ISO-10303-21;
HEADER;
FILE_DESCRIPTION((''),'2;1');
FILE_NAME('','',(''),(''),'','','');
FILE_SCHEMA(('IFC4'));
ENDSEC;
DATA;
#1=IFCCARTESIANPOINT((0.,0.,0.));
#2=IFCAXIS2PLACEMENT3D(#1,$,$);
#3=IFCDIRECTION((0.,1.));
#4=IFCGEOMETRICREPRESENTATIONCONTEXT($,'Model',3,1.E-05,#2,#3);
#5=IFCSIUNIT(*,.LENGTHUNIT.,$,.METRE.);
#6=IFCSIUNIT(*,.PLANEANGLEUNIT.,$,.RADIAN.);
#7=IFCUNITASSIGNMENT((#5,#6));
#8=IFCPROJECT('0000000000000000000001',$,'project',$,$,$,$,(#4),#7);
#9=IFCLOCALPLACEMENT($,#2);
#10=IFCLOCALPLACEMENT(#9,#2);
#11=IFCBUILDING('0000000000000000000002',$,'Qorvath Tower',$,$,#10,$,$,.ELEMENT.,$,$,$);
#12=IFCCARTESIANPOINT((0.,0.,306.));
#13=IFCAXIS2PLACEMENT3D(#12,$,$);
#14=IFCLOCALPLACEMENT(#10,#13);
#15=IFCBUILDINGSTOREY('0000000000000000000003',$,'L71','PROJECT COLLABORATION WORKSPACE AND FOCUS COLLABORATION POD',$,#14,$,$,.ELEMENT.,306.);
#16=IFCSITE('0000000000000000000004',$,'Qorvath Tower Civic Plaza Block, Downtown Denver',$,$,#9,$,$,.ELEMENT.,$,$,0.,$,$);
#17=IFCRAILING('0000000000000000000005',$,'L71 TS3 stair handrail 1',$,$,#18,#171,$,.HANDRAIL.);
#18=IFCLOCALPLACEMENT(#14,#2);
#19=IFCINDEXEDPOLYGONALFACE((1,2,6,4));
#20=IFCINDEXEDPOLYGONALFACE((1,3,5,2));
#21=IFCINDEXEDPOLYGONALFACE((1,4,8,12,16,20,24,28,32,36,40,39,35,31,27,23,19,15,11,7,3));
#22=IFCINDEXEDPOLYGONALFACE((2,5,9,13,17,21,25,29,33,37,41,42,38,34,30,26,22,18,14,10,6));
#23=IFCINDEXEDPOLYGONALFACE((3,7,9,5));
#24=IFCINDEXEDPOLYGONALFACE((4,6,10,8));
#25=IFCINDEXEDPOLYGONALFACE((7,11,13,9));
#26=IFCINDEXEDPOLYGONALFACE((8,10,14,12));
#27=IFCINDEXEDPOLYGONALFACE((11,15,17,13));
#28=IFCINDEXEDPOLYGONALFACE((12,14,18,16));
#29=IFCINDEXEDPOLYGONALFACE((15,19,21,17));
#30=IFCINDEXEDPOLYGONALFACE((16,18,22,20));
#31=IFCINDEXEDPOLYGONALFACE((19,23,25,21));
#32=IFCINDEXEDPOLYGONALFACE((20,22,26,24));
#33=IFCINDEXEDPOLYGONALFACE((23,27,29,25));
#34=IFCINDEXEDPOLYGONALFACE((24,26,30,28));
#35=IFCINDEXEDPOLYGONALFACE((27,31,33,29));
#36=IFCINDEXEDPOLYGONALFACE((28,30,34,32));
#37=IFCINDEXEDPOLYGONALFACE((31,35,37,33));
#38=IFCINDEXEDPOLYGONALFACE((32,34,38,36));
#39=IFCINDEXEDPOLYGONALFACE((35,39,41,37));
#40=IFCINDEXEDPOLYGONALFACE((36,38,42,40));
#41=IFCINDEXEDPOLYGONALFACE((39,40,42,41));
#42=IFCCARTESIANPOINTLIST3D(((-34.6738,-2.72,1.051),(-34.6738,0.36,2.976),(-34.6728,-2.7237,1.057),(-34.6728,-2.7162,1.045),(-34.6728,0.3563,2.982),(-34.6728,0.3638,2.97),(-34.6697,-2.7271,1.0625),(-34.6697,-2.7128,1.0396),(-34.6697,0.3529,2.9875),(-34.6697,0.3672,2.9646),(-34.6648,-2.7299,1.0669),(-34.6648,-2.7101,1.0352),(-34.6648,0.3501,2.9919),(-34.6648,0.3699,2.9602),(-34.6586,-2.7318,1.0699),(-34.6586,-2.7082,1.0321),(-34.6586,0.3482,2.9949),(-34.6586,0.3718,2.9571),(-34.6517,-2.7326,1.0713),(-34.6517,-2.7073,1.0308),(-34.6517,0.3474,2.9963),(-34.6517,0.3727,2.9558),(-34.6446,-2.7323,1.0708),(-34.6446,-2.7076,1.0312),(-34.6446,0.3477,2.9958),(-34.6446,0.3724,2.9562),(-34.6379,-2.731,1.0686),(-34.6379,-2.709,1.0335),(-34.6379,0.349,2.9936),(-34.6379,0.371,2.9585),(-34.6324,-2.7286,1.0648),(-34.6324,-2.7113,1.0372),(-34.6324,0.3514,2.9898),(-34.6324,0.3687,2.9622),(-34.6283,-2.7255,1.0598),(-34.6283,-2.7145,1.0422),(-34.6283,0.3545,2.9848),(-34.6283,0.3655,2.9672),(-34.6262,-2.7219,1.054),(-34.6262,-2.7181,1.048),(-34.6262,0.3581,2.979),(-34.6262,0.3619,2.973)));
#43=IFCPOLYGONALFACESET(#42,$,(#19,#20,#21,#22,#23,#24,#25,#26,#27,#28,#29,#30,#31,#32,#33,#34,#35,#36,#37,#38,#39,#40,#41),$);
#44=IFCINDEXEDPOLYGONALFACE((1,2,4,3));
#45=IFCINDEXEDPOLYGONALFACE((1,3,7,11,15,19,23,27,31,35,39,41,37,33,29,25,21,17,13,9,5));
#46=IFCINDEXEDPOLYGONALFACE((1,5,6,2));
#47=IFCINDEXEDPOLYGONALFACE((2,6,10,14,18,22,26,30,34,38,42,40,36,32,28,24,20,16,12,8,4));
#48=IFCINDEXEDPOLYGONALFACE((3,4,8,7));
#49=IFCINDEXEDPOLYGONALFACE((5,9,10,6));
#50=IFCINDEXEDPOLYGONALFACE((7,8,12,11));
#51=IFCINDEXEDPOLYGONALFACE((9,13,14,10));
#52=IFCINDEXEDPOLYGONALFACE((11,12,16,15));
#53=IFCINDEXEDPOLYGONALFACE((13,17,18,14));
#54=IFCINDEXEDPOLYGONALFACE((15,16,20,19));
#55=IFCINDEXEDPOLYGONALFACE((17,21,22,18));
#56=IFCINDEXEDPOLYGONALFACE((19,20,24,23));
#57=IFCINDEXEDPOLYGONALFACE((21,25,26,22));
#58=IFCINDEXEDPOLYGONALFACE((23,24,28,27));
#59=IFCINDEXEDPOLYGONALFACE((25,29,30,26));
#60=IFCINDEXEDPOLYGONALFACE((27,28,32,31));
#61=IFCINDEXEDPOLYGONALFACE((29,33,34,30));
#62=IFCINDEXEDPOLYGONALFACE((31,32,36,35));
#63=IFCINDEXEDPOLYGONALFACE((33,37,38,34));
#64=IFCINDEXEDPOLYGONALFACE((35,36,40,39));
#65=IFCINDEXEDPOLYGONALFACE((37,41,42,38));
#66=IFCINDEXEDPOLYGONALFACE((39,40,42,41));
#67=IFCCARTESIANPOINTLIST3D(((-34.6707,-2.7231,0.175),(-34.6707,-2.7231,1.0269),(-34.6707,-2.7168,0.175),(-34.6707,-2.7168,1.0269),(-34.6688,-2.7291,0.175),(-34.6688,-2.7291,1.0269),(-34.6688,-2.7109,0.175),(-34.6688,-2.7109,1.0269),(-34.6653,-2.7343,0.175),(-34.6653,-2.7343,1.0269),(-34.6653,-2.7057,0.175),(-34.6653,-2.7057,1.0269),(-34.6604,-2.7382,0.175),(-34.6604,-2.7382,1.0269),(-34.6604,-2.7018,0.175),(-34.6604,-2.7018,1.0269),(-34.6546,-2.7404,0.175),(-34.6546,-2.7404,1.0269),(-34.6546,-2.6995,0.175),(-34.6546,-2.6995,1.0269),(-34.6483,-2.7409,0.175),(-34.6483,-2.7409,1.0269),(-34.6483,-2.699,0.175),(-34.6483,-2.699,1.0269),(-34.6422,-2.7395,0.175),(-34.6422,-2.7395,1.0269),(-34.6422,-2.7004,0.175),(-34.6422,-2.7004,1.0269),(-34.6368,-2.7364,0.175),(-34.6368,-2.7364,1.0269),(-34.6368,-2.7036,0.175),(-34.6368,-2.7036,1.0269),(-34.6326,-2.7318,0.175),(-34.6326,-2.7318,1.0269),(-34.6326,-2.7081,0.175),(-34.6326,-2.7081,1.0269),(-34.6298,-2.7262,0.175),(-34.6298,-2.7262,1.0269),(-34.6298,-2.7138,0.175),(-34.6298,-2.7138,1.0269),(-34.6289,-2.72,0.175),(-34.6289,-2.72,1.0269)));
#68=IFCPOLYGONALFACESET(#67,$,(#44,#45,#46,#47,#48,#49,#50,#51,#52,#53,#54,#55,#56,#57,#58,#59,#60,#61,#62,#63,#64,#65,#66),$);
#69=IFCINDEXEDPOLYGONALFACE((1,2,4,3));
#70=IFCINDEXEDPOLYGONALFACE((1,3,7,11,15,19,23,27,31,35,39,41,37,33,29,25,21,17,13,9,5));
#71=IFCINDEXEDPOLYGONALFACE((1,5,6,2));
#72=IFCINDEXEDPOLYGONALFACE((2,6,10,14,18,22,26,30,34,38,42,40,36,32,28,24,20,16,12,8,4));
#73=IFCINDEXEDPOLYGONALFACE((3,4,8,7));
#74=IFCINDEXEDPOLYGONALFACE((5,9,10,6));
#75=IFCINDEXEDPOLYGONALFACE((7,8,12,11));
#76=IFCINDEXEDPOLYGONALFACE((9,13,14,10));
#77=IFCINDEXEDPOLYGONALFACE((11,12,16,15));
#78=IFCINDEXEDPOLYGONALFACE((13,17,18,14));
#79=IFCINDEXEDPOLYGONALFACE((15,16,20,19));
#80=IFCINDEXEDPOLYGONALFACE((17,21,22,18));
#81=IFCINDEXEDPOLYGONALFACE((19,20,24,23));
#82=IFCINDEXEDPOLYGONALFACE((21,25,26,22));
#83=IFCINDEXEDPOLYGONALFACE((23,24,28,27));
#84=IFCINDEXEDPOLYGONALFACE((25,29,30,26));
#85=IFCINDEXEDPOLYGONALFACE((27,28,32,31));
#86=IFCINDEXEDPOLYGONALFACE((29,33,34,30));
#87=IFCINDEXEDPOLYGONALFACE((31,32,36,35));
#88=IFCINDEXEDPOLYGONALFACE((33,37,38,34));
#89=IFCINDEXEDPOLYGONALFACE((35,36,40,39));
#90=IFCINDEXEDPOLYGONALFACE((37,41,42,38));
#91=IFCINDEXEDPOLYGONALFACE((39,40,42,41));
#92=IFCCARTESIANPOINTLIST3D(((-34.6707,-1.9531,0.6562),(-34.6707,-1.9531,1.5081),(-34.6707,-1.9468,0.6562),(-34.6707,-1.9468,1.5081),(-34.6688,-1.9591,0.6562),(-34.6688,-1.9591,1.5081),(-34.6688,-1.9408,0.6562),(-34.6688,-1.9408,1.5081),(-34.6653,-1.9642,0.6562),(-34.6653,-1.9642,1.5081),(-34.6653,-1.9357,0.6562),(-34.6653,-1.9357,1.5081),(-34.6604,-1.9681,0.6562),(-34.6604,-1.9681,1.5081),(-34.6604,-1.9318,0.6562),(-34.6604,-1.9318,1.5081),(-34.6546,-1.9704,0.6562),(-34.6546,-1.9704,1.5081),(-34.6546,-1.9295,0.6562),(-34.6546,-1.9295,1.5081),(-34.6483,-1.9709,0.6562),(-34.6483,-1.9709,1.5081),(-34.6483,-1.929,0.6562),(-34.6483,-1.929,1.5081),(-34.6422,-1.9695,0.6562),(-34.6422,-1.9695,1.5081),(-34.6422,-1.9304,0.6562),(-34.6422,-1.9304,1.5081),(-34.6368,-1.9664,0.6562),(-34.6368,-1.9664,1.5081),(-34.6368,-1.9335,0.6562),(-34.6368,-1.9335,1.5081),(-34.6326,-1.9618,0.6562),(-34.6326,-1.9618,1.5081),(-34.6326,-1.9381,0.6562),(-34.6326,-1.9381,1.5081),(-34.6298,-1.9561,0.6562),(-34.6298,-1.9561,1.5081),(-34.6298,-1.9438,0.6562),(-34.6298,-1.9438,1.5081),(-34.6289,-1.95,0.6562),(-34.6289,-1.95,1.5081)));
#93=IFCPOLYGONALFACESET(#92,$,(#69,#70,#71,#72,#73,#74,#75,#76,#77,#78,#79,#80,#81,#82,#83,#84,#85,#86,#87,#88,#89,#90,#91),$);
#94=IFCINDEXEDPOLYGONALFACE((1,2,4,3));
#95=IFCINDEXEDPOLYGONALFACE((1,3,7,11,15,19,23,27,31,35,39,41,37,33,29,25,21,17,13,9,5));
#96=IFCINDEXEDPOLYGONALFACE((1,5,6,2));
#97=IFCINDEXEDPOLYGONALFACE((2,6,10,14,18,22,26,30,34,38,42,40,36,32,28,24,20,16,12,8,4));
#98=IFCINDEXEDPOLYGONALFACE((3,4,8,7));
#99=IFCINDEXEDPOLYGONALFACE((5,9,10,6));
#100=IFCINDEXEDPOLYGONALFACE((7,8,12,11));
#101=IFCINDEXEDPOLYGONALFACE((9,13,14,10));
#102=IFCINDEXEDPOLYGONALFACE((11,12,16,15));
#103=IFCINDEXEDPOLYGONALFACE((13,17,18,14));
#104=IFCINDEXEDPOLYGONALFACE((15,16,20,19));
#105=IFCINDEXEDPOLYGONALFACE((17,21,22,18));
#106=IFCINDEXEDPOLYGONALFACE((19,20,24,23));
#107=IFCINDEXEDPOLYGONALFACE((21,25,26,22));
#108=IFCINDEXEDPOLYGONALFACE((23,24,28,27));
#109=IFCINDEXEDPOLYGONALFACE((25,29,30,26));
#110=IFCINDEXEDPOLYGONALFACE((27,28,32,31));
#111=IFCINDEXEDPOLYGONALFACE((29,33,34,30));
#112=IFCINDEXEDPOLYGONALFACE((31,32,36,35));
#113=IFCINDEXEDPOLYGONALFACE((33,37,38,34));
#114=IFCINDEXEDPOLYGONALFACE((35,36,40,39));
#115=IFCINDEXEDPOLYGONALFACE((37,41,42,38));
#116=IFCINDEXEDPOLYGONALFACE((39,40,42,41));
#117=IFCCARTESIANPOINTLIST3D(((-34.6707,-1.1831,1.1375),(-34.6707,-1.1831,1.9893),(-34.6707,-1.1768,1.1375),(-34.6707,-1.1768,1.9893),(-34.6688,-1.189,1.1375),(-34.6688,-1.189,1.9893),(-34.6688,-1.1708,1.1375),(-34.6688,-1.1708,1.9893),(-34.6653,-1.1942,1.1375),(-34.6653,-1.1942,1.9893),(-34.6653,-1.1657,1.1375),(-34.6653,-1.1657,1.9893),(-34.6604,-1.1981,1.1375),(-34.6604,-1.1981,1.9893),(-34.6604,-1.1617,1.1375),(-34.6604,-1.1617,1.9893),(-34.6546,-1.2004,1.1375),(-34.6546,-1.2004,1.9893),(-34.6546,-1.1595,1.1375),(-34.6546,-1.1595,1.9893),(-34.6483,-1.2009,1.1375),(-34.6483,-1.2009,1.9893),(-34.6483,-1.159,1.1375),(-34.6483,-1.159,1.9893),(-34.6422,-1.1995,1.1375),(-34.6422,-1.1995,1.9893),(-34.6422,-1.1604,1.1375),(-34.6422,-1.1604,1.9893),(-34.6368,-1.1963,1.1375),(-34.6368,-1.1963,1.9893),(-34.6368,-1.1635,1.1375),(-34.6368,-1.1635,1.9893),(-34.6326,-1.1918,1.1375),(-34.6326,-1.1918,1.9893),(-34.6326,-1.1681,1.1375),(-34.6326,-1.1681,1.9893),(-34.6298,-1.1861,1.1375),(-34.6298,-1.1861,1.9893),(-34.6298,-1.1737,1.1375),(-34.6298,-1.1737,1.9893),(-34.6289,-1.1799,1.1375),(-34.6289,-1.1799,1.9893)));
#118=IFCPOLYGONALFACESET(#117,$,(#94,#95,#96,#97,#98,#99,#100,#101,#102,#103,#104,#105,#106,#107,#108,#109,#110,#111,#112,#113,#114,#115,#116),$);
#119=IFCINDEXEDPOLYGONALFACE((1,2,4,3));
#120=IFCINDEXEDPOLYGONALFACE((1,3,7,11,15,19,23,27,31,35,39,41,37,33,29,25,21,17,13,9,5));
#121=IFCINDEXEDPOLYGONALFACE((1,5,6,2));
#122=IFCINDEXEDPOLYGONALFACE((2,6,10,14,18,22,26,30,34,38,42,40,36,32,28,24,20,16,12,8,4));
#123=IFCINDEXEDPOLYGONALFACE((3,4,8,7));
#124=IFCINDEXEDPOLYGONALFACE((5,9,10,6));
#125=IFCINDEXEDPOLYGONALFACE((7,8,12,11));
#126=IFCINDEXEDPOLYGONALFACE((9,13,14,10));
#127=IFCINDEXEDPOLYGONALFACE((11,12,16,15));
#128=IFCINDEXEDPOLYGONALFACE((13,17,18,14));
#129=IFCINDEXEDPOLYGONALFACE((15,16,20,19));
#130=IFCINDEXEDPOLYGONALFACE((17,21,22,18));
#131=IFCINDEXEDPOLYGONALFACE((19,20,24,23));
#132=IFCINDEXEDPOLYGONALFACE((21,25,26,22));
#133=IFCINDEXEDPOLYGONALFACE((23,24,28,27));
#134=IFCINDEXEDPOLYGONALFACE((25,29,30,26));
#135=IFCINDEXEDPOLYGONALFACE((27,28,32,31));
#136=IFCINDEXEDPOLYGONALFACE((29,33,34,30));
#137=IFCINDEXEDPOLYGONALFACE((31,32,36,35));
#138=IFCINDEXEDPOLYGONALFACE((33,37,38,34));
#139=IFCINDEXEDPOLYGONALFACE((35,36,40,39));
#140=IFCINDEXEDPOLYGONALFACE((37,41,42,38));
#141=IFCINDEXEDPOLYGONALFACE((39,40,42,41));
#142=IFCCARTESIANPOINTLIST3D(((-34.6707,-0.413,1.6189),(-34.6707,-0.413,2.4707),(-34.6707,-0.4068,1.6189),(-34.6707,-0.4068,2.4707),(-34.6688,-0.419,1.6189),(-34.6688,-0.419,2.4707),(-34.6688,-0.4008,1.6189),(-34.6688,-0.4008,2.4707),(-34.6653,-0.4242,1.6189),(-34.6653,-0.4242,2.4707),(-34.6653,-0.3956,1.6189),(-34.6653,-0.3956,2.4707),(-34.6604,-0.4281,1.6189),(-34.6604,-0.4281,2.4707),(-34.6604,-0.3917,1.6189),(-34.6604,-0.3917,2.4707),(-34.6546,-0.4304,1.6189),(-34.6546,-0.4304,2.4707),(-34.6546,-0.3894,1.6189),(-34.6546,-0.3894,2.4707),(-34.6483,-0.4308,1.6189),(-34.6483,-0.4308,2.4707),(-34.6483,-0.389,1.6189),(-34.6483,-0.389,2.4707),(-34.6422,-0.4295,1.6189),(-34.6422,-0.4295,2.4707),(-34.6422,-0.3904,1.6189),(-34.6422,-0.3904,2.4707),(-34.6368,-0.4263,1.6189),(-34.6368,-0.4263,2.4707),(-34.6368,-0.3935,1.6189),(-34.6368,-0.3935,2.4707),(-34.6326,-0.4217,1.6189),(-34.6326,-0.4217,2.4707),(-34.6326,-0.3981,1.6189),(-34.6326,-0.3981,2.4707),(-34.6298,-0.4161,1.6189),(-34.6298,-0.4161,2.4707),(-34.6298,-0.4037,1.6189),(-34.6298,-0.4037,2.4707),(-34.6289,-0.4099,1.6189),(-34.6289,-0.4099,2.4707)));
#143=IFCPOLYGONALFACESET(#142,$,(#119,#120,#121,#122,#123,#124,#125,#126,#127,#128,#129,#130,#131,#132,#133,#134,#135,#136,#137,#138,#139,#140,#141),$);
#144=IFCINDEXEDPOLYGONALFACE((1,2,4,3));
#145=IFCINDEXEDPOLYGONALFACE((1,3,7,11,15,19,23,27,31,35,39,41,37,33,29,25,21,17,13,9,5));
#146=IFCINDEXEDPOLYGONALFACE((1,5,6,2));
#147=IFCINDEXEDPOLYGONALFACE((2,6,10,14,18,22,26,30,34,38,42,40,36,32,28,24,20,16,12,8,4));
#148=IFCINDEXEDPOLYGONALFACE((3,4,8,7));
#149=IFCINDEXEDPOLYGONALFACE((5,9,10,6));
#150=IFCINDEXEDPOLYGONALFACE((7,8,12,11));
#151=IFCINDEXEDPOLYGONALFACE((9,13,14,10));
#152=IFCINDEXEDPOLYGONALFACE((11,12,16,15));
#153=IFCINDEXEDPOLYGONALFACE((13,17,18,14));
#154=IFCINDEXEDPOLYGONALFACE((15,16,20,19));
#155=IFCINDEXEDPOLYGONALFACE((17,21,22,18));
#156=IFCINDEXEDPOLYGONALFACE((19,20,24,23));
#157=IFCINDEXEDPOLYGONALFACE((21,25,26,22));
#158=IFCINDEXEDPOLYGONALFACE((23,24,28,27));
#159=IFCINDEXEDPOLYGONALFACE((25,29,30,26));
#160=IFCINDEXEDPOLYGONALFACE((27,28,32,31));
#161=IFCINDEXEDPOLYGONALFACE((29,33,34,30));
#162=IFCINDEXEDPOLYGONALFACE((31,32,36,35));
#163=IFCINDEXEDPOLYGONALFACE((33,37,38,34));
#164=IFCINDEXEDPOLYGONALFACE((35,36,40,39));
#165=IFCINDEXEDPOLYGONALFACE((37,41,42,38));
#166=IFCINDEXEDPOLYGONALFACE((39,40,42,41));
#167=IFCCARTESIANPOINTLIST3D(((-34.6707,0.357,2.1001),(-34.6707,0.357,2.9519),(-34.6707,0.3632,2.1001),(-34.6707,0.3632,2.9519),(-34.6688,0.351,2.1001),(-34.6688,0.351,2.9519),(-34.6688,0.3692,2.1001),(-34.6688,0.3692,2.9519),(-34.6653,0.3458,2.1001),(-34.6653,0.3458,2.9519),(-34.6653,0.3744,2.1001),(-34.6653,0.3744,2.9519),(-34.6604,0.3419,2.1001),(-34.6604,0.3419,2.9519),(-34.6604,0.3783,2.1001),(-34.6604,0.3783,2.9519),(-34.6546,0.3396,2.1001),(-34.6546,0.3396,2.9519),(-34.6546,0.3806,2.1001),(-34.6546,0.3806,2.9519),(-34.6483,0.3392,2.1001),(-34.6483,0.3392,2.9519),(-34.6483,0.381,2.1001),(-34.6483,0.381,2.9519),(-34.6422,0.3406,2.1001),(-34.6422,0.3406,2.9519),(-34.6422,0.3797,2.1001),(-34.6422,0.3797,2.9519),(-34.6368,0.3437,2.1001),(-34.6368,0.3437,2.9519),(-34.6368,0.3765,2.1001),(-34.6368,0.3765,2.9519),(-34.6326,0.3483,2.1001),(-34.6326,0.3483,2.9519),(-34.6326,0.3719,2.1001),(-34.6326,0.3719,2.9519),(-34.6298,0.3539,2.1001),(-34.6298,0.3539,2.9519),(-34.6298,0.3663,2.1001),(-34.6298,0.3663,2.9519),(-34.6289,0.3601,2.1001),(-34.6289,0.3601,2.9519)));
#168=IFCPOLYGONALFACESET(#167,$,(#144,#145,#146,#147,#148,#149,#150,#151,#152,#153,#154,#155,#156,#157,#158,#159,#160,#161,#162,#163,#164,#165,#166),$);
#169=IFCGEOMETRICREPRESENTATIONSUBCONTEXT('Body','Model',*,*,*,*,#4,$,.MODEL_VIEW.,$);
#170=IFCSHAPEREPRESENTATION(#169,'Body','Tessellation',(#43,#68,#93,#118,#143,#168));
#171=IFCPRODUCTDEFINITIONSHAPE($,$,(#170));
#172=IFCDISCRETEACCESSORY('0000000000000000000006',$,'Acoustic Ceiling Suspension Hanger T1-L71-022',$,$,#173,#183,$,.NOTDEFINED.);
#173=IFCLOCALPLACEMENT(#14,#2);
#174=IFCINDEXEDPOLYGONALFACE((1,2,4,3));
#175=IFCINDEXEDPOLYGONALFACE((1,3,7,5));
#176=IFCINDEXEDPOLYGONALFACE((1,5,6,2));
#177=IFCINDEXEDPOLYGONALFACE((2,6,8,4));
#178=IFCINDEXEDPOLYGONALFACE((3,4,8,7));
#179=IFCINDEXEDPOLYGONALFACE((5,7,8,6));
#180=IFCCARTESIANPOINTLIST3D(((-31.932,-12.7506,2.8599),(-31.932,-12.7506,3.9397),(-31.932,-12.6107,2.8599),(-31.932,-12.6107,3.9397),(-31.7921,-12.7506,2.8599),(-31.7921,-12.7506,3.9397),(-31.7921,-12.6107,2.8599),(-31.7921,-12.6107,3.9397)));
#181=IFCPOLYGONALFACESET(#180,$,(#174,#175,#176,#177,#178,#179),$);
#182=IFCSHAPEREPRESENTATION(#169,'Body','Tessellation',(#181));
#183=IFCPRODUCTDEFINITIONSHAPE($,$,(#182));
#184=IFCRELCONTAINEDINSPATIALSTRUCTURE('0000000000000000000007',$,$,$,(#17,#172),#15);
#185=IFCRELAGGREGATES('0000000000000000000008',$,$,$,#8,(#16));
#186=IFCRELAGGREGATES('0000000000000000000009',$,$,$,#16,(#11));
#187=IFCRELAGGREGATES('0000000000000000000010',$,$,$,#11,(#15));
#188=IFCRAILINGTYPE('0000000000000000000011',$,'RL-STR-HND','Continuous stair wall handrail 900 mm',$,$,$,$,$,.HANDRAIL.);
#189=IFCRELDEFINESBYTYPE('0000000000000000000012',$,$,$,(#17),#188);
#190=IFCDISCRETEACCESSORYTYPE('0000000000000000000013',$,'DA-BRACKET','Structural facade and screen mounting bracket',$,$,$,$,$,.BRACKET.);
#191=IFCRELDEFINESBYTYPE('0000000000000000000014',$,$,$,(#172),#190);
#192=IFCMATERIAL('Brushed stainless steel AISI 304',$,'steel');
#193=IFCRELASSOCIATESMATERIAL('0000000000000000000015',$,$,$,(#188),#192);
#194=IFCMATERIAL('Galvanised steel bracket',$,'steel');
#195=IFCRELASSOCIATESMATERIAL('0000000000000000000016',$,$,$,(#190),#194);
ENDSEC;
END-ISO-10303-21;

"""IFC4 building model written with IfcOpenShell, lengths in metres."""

from ifc_helpers import new_model, si_unit, direction, frame, origin, origin_2d, place, context, subcontext, project, spatial, rectangle, circle, extrude, material, type_object, element, save


model = new_model("IFC4")

# Units and contexts
model_context = context("Model", 3, precision=1e-05, world=origin(), true_north=direction((0.0, 1.0)))
body_context = subcontext(model_context, "Body", "Model", "MODEL_VIEW")
ifc_project = project(units=[si_unit("LENGTHUNIT", "METRE"), si_unit("PLANEANGLEUNIT", "RADIAN")], contexts=[model_context])

# Site, building, storey
site_placement = place(None, origin())
site = spatial("IfcSite", under=ifc_project, at=site_placement, Name="Qorvath Tower Civic Plaza Block, Downtown Denver", CompositionType="ELEMENT", RefElevation=0.0)
building_placement = place(site_placement, origin())
building = spatial("IfcBuilding", under=site, at=building_placement, Name="Qorvath Tower", CompositionType="ELEMENT")
storey_placement = place(building_placement, frame((0.0, 0.0, 306.0)))
storey = spatial("IfcBuildingStorey", under=building, at=storey_placement, Name="L71", Description="PROJECT COLLABORATION WORKSPACE AND FOCUS COLLABORATION POD", CompositionType="ELEMENT", Elevation=306.0)

# Railing
ifc_material_1 = material(Name="Brushed stainless steel AISI 304", Category="steel")
railing_type = type_object("IfcRailingType", Name="RL-STR-HND", Description="Continuous stair wall handrail 900 mm", PredefinedType="HANDRAIL", material=ifc_material_1)
railing_placement = place(storey_placement, frame((-34.6499, -2.72, 0.175)))
element("IfcRailing", 1, at=railing_placement, inside=storey, type_object=railing_type, Name="L71 TS3 stair handrail 1", PredefinedType="HANDRAIL", context=body_context, shape_type="SweptSolid", body=[
    extrude(circle(Radius=0.0239, at=origin_2d()), frame((0.0, 0.0, 0.876), z_axis=(0.0, 0.847998, 0.529999), x_axis=(-1.0, 0.0, 0.0)), (0.0, 0.0, 1.0), 3.6321),
    extrude(circle(Radius=0.021, at=origin_2d()), origin(), (0.0, 0.0, 1.0), 0.8518),
    extrude(circle(Radius=0.021, at=origin_2d()), frame((0.0, 0.77, 0.4812)), (0.0, 0.0, 1.0), 0.8518),
    extrude(circle(Radius=0.021, at=origin_2d()), frame((0.0, 1.54, 0.9624)), (0.0, 0.0, 1.0), 0.8518),
    extrude(circle(Radius=0.021, at=origin_2d()), frame((0.0, 2.3101, 1.4438)), (0.0, 0.0, 1.0), 0.8518),
    extrude(circle(Radius=0.021, at=origin_2d()), frame((0.0, 3.0801, 1.925)), (0.0, 0.0, 1.0), 0.8518),
])

# Discrete accessory
ifc_material_2 = material(Name="Galvanised steel bracket", Category="steel")
discrete_accessory_type = type_object("IfcDiscreteAccessoryType", Name="DA-BRACKET", Description="Structural facade and screen mounting bracket", PredefinedType="BRACKET", material=ifc_material_2)
discrete_accessory_placement = place(storey_placement, frame((-31.8621, -12.6807, 2.8599), z_axis=(0.0, 0.0, 1.0), x_axis=(1.0, 0.0, 0.0)))
element("IfcDiscreteAccessory", 2, at=discrete_accessory_placement, inside=storey, type_object=discrete_accessory_type, Name="Acoustic Ceiling Suspension Hanger T1-L71-022", PredefinedType="NOTDEFINED", context=body_context, shape_type="SweptSolid", body=[
    extrude(rectangle(XDim=0.1399, YDim=0.1399, at=origin_2d()), origin(), (0.0, 0.0, 1.0), 1.0798),
])

save(model, "model.ifc")
